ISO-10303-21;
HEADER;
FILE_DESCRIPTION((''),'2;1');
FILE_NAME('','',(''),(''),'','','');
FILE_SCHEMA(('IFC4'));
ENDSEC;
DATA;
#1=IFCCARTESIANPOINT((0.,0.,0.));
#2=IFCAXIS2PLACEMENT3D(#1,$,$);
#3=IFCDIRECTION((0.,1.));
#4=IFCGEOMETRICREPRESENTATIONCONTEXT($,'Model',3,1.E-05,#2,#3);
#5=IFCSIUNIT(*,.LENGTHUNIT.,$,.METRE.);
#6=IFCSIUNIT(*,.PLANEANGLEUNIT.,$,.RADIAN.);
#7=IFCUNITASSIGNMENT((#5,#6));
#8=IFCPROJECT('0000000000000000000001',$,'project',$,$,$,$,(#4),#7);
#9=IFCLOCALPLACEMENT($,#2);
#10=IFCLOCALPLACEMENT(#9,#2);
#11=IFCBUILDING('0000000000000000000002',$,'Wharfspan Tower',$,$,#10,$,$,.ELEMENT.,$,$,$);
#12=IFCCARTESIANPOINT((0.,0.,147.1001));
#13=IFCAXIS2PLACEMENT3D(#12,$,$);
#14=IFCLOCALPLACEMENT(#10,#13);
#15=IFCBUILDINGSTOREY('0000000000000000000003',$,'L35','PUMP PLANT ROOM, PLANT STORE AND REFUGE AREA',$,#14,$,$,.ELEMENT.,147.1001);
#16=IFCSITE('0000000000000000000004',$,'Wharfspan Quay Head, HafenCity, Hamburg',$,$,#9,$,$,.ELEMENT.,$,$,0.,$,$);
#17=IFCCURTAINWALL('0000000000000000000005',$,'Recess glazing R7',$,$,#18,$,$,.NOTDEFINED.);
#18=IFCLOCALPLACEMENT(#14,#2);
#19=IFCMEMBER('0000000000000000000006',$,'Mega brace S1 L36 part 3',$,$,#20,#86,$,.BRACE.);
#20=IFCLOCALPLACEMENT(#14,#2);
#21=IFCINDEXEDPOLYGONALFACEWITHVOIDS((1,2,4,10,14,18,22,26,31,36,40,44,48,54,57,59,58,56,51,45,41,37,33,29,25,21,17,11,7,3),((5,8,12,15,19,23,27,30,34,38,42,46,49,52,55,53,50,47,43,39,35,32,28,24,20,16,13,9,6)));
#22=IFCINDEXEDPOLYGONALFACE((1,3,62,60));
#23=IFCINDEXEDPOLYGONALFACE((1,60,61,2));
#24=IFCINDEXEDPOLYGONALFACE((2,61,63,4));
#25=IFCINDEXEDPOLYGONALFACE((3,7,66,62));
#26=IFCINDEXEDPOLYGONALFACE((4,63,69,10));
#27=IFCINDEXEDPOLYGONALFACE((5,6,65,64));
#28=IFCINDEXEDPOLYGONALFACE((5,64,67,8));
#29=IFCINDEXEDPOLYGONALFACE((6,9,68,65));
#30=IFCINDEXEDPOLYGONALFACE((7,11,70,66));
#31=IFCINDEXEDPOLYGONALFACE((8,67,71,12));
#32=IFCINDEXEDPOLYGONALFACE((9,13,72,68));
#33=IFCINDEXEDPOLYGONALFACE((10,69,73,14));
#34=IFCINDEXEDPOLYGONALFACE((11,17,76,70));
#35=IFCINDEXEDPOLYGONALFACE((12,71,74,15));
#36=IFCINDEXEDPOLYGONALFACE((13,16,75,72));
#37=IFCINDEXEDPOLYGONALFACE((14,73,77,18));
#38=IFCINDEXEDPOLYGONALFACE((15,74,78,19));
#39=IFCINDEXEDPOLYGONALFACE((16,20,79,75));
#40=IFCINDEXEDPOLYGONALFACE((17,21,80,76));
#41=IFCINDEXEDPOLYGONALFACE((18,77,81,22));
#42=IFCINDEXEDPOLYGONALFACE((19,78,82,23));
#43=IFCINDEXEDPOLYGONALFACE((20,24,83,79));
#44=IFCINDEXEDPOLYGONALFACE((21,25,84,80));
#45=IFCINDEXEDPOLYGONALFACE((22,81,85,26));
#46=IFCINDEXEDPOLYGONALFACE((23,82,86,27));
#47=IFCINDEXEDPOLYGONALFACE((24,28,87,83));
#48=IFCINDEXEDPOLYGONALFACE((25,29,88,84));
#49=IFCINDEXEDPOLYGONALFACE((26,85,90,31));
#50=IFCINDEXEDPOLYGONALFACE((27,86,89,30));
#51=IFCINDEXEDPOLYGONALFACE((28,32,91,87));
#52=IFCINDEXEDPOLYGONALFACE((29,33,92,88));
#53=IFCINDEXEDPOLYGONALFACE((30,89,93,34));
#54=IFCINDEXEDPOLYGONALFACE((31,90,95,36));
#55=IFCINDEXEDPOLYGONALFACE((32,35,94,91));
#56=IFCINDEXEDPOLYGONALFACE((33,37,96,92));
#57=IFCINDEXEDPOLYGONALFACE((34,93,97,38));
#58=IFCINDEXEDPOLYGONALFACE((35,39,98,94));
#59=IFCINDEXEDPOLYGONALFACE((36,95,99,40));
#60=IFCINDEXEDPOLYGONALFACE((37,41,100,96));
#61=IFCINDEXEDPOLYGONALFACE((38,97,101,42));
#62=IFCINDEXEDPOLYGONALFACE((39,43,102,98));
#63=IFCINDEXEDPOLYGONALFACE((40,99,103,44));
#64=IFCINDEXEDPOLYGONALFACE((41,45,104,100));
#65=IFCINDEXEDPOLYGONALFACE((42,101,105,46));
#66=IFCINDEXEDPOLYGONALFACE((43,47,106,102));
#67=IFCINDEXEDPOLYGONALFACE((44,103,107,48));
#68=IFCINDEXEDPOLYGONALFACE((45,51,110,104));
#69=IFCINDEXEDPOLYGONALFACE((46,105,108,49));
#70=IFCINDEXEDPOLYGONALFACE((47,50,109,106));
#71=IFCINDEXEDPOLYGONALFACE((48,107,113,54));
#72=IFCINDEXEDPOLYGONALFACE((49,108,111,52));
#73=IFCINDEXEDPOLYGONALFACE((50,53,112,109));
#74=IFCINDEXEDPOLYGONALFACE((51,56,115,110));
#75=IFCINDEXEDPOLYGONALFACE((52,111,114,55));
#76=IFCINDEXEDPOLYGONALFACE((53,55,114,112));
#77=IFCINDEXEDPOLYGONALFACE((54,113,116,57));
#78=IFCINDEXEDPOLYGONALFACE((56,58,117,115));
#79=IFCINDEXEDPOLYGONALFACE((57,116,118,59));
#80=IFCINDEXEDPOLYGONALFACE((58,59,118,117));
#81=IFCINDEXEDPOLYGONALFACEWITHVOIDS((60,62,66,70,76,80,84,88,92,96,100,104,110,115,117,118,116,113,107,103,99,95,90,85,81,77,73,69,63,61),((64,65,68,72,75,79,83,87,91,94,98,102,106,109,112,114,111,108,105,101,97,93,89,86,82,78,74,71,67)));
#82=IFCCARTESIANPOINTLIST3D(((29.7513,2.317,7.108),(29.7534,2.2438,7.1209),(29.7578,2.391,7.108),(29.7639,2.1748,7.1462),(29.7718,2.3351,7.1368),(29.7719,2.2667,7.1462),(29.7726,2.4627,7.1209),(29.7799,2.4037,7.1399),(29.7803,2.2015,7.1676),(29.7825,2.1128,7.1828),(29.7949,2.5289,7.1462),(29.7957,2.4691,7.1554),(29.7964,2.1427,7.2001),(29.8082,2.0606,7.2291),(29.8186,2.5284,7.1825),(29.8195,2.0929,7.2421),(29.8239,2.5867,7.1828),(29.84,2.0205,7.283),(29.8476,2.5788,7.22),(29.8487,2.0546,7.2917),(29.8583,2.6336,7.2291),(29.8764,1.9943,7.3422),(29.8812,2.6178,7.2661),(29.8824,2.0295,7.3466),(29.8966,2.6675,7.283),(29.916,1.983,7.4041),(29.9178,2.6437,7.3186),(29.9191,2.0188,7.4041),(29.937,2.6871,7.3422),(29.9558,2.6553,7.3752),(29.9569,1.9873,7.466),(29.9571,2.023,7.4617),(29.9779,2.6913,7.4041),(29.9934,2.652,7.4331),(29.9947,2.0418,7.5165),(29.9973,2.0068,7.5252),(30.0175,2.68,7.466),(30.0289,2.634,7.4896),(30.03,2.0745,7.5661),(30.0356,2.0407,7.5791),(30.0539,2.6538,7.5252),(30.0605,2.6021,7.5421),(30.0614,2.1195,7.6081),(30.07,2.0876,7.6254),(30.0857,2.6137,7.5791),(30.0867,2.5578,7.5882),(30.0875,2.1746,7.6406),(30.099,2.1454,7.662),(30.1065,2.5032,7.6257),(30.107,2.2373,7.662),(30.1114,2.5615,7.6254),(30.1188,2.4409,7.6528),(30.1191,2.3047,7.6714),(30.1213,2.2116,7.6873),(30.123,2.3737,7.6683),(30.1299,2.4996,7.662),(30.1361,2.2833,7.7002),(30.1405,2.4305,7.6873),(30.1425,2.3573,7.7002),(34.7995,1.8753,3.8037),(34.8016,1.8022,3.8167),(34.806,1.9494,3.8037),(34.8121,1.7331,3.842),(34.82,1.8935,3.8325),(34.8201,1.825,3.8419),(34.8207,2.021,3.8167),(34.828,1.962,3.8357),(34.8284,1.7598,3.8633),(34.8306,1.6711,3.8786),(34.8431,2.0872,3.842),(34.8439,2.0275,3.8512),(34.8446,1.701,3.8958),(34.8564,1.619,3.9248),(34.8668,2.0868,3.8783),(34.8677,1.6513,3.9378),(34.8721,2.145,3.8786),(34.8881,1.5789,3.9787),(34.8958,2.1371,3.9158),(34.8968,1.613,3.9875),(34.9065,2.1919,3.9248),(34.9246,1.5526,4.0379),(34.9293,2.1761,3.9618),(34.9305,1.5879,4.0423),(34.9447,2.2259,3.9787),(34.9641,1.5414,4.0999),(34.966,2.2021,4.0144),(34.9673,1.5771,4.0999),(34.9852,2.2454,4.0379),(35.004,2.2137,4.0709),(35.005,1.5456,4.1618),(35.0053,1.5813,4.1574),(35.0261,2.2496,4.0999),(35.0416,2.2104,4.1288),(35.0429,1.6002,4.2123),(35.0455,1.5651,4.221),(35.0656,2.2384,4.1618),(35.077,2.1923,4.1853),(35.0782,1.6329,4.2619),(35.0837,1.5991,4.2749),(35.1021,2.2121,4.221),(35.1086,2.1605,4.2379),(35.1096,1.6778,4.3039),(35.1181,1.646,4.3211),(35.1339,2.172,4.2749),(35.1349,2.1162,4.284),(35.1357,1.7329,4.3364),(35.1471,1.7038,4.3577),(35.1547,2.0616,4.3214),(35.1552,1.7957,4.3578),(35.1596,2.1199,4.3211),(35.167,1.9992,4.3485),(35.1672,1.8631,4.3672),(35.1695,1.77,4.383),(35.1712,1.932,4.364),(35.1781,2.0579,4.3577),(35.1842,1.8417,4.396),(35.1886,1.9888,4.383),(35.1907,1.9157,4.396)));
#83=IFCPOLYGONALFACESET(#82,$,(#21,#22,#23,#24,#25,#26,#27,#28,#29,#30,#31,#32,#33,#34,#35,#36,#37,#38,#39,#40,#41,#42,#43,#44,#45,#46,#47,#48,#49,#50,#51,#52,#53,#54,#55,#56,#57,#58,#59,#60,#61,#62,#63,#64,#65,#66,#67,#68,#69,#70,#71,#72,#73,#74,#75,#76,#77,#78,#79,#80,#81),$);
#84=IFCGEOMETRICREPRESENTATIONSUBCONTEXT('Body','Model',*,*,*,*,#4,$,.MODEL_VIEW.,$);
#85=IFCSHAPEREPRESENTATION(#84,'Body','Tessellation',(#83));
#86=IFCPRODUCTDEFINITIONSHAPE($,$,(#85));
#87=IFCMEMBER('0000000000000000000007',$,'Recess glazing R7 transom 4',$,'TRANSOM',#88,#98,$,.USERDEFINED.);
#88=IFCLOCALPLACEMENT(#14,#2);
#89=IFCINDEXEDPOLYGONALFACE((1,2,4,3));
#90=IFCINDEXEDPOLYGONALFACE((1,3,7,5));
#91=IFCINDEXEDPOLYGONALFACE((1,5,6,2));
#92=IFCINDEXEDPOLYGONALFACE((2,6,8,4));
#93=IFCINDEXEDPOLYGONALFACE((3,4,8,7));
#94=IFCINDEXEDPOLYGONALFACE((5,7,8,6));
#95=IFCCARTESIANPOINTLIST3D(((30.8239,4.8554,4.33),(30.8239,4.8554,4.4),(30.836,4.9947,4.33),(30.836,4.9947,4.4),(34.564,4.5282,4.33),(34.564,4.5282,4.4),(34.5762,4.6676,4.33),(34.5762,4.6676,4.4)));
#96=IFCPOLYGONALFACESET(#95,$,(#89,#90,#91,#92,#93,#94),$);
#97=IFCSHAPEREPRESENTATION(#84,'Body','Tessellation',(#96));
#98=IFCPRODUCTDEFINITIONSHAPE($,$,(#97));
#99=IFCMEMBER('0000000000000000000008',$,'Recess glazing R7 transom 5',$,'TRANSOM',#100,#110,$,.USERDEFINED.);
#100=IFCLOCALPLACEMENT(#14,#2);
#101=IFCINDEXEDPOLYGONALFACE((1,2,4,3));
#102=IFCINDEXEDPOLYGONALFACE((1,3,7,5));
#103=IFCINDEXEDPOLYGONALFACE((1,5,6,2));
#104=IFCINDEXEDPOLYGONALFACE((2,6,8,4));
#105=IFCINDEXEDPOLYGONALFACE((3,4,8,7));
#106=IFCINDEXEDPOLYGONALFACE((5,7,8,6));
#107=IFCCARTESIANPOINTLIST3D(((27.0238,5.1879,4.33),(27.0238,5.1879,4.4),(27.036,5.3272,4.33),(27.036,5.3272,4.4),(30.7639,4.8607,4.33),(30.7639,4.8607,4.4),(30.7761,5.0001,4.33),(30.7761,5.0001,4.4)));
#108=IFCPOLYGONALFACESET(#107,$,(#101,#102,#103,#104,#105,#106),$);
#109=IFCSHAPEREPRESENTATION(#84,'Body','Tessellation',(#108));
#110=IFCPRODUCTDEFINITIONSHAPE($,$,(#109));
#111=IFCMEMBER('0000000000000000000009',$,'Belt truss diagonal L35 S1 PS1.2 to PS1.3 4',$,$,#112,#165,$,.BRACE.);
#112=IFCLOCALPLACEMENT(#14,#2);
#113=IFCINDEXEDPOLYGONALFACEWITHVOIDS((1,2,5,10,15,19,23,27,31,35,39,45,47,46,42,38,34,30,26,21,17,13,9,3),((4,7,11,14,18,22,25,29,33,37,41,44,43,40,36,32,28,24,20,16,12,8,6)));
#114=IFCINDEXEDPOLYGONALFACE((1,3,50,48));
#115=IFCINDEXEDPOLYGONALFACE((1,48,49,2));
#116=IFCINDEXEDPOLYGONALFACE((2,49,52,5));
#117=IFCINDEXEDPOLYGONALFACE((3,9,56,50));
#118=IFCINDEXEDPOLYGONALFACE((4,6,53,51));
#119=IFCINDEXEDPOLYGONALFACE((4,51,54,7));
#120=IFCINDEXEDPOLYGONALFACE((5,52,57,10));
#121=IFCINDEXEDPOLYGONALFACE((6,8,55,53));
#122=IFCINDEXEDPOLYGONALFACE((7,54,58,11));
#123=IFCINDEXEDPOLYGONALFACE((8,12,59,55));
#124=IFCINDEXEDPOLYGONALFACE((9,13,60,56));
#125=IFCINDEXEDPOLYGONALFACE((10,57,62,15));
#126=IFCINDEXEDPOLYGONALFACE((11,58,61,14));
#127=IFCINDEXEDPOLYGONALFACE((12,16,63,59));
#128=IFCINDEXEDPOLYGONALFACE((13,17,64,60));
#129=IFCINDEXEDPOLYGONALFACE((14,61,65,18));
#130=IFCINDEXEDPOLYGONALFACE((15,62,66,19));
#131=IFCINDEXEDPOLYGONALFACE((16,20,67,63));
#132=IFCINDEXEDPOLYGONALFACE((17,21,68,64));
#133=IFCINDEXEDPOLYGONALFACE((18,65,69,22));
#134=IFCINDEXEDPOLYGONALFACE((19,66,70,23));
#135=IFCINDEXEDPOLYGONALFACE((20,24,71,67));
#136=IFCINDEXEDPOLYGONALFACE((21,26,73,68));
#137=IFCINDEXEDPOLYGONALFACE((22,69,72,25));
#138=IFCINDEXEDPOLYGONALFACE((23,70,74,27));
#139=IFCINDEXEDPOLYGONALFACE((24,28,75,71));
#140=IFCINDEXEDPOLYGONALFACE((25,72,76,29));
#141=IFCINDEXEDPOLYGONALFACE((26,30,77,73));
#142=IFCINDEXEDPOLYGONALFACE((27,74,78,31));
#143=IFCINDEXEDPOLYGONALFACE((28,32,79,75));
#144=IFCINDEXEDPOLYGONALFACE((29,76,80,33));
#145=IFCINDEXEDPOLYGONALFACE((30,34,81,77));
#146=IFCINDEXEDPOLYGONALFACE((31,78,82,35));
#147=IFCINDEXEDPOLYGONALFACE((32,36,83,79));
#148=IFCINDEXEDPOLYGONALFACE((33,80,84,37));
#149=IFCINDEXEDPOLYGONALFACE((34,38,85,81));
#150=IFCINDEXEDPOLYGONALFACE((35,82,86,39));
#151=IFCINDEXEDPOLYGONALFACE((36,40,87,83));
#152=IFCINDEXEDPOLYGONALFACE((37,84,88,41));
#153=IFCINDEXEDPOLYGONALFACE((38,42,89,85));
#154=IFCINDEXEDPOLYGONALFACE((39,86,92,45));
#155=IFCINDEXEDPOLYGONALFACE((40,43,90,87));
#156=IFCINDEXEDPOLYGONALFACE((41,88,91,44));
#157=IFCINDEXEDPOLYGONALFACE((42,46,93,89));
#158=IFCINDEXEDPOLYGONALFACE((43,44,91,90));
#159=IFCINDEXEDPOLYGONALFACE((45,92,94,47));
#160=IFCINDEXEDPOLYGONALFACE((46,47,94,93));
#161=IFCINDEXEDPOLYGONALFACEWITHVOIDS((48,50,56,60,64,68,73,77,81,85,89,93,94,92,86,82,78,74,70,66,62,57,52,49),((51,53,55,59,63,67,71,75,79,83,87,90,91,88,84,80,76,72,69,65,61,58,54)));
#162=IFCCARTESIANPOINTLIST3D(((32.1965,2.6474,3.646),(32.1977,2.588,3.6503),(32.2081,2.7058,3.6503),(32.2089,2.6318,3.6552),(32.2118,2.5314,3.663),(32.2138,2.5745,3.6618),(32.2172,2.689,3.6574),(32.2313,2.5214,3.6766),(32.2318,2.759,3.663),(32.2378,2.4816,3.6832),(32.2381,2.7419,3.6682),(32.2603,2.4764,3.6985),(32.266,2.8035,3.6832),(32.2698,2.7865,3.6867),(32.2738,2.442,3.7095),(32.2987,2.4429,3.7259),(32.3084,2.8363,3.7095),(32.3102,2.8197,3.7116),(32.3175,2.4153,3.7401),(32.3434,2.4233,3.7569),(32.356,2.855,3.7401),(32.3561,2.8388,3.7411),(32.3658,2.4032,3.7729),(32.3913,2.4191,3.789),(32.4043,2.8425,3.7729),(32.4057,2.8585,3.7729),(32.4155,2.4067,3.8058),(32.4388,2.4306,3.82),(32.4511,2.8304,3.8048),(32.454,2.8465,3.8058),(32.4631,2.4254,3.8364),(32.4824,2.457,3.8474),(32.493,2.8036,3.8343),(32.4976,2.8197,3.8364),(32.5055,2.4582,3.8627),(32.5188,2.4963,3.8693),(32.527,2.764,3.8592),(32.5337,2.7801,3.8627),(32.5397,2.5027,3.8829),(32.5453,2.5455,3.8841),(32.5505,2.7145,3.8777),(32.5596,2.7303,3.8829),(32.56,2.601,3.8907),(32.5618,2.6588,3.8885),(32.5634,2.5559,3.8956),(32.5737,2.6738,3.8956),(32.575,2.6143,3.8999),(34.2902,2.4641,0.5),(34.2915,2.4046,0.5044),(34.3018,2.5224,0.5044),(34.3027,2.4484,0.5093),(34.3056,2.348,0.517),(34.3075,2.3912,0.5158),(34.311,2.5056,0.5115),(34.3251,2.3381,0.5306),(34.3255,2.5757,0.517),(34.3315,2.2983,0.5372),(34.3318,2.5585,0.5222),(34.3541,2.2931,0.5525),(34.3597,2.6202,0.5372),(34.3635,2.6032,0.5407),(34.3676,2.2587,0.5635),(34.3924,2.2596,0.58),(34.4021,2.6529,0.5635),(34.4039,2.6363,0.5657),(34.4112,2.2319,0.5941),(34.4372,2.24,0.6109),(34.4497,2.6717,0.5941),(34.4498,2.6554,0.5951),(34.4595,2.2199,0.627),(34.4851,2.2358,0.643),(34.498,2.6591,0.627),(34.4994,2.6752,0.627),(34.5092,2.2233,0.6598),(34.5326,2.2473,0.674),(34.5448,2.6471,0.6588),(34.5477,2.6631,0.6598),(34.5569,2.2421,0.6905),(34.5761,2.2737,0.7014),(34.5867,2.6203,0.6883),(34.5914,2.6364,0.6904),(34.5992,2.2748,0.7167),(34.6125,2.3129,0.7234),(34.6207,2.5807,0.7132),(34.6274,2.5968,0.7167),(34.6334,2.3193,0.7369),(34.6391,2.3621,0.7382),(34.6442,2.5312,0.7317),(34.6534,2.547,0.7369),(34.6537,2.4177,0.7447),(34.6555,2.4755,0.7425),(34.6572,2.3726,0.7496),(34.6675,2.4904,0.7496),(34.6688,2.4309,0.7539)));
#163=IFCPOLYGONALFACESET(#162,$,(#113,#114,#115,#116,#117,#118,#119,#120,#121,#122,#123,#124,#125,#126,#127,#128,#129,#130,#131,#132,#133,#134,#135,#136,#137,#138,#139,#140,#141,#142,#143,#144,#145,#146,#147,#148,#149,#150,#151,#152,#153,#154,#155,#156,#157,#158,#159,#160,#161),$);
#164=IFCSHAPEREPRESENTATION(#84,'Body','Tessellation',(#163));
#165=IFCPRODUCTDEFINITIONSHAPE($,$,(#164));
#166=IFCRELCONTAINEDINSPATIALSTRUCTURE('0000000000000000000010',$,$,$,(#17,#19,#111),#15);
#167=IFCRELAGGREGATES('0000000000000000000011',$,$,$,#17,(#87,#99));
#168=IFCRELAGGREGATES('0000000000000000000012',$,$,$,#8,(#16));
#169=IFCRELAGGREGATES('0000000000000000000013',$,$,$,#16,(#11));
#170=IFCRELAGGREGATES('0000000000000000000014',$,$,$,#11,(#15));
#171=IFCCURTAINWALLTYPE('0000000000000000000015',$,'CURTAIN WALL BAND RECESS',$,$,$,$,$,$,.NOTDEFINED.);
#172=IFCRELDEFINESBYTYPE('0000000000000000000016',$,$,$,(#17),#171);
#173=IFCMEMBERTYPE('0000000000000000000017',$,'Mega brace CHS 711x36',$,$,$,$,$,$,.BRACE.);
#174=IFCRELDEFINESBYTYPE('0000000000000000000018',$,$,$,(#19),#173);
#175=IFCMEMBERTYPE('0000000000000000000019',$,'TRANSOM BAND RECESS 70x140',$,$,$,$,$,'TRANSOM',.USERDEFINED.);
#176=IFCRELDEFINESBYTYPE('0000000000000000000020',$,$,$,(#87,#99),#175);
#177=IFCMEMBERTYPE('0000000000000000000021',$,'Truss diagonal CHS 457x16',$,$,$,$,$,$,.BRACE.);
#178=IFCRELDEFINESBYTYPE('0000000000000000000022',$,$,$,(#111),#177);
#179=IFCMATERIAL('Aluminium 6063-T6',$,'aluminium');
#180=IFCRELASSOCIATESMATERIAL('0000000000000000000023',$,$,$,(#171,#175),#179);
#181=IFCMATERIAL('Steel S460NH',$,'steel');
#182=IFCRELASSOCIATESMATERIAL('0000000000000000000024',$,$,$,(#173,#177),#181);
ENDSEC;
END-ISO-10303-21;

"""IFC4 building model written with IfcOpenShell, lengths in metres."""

from ifc_helpers import new_model, si_unit, direction, frame, origin, origin_2d, place, context, subcontext, project, spatial, rectangle, hollow_circle, extrude, material, material_profile, profile_set, type_object, element, aggregate, save


model = new_model("IFC4")

# Units and contexts
model_context = context("Model", 3, precision=1e-05, world=origin(), true_north=direction((0.0, 1.0)))
body_context = subcontext(model_context, "Body", "Model", "MODEL_VIEW")
ifc_project = project(units=[si_unit("LENGTHUNIT", "METRE"), si_unit("PLANEANGLEUNIT", "RADIAN")], contexts=[model_context])

# Site, building, storey
site_placement = place(None, origin())
site = spatial("IfcSite", under=ifc_project, at=site_placement, Name="Wharfspan Quay Head, HafenCity, Hamburg", CompositionType="ELEMENT", RefElevation=0.0)
building_placement = place(site_placement, origin())
building = spatial("IfcBuilding", under=site, at=building_placement, Name="Wharfspan Tower", CompositionType="ELEMENT")
storey_placement = place(building_placement, frame((0.0, 0.0, 147.1001)))
storey = spatial("IfcBuildingStorey", under=building, at=storey_placement, Name="L35", Description="PUMP PLANT ROOM, PLANT STORE AND REFUGE AREA", CompositionType="ELEMENT", Elevation=147.1001)

# Curtain wall
ifc_material_1 = material(Name="Aluminium 6063-T6", Category="aluminium")
curtain_wall_type = type_object("IfcCurtainWallType", Name="CURTAIN WALL BAND RECESS", PredefinedType="NOTDEFINED", material=ifc_material_1)
curtain_wall_placement = place(storey_placement, origin())
curtain_wall = element("IfcCurtainWall", 1, at=curtain_wall_placement, inside=storey, type_object=curtain_wall_type, Name="Recess glazing R7", PredefinedType="NOTDEFINED")

# Members
ifc_material_2 = material(Name="Steel S460NH", Category="steel")
ifc_material_profile_1 = material_profile(ifc_material_2, hollow_circle(Radius=0.3555, WallThickness=0.0359, at=origin_2d()))
ifc_profile_set_1 = profile_set([ifc_material_profile_1], Name="Steel S460NH")
member_type_1 = type_object("IfcMemberType", Name="Mega brace CHS 711x36", PredefinedType="BRACE", material=ifc_profile_set_1)
member_1_placement = place(storey_placement, frame((34.9951, 1.8955, 4.0999), z_axis=(-0.834469, 0.073006, 0.546197), x_axis=(-0.087156, -0.996198, -0.000001)))
element("IfcMember", 2, at=member_1_placement, inside=storey, type_object=member_type_1, Name="Mega brace S1 L36 part 3", PredefinedType="BRACE", context=body_context, shape_type="SweptSolid", body=[
    extrude(hollow_circle(Radius=0.3555, WallThickness=0.0359, at=origin_2d()), origin(), (0.0, 0.0, 1.0), 6.0496),
])
ifc_material_profile_2 = material_profile(ifc_material_1, rectangle(XDim=0.1399, YDim=0.0701, at=origin_2d()))
ifc_profile_set_2 = profile_set([ifc_material_profile_2], Name="Aluminium 6063-T6")
member_type_2 = type_object("IfcMemberType", Name="TRANSOM BAND RECESS 70x140", ElementType="TRANSOM", PredefinedType="USERDEFINED", material=ifc_profile_set_2)
member_2_placement = place(storey_placement, frame((34.5701, 4.5979, 4.365), z_axis=(-0.996197, 0.087135, 0.0), x_axis=(-0.087135, -0.996197, 0.0)))
member_2 = element("IfcMember", 3, at=member_2_placement, type_object=member_type_2, Name="Recess glazing R7 transom 4", ObjectType="TRANSOM", PredefinedType="USERDEFINED", context=body_context, shape_type="SweptSolid", body=[
    extrude(rectangle(XDim=0.1399, YDim=0.0701, at=origin_2d()), origin(), (0.0, 0.0, 1.0), 3.7544),
])
member_3_placement = place(storey_placement, frame((30.77, 4.9304, 4.365), z_axis=(-0.996197, 0.087135, 0.0), x_axis=(-0.087135, -0.996197, 0.0)))
member_3 = element("IfcMember", 4, at=member_3_placement, type_object=member_type_2, Name="Recess glazing R7 transom 5", ObjectType="TRANSOM", PredefinedType="USERDEFINED", context=body_context, shape_type="SweptSolid", body=[
    extrude(rectangle(XDim=0.1399, YDim=0.0701, at=origin_2d()), origin(), (0.0, 0.0, 1.0), 3.7544),
])

# Member
ifc_material_profile_3 = material_profile(ifc_material_2, hollow_circle(Radius=0.2285, WallThickness=0.0161, at=origin_2d()))
ifc_profile_set_3 = profile_set([ifc_material_profile_3], Name="Steel S460NH")
member_type_3 = type_object("IfcMemberType", Name="Truss diagonal CHS 457x16", PredefinedType="BRACE", material=ifc_profile_set_3)
member_4_placement = place(storey_placement, frame((32.3857, 2.6309, 3.7729), z_axis=(0.553393, -0.048461, -0.831509), x_axis=(0.087232, 0.996184, -0.000003)))
element("IfcMember", 5, at=member_4_placement, inside=storey, type_object=member_type_3, Name="Belt truss diagonal L35 S1 PS1.2 to PS1.3 4", PredefinedType="BRACE", context=body_context, shape_type="SweptSolid", body=[
    extrude(hollow_circle(Radius=0.2285, WallThickness=0.0161, at=origin_2d()), origin(), (0.0, 0.0, 1.0), 3.7834),
])

aggregate(curtain_wall, [member_2, member_3])

save(model, "model.ifc")
